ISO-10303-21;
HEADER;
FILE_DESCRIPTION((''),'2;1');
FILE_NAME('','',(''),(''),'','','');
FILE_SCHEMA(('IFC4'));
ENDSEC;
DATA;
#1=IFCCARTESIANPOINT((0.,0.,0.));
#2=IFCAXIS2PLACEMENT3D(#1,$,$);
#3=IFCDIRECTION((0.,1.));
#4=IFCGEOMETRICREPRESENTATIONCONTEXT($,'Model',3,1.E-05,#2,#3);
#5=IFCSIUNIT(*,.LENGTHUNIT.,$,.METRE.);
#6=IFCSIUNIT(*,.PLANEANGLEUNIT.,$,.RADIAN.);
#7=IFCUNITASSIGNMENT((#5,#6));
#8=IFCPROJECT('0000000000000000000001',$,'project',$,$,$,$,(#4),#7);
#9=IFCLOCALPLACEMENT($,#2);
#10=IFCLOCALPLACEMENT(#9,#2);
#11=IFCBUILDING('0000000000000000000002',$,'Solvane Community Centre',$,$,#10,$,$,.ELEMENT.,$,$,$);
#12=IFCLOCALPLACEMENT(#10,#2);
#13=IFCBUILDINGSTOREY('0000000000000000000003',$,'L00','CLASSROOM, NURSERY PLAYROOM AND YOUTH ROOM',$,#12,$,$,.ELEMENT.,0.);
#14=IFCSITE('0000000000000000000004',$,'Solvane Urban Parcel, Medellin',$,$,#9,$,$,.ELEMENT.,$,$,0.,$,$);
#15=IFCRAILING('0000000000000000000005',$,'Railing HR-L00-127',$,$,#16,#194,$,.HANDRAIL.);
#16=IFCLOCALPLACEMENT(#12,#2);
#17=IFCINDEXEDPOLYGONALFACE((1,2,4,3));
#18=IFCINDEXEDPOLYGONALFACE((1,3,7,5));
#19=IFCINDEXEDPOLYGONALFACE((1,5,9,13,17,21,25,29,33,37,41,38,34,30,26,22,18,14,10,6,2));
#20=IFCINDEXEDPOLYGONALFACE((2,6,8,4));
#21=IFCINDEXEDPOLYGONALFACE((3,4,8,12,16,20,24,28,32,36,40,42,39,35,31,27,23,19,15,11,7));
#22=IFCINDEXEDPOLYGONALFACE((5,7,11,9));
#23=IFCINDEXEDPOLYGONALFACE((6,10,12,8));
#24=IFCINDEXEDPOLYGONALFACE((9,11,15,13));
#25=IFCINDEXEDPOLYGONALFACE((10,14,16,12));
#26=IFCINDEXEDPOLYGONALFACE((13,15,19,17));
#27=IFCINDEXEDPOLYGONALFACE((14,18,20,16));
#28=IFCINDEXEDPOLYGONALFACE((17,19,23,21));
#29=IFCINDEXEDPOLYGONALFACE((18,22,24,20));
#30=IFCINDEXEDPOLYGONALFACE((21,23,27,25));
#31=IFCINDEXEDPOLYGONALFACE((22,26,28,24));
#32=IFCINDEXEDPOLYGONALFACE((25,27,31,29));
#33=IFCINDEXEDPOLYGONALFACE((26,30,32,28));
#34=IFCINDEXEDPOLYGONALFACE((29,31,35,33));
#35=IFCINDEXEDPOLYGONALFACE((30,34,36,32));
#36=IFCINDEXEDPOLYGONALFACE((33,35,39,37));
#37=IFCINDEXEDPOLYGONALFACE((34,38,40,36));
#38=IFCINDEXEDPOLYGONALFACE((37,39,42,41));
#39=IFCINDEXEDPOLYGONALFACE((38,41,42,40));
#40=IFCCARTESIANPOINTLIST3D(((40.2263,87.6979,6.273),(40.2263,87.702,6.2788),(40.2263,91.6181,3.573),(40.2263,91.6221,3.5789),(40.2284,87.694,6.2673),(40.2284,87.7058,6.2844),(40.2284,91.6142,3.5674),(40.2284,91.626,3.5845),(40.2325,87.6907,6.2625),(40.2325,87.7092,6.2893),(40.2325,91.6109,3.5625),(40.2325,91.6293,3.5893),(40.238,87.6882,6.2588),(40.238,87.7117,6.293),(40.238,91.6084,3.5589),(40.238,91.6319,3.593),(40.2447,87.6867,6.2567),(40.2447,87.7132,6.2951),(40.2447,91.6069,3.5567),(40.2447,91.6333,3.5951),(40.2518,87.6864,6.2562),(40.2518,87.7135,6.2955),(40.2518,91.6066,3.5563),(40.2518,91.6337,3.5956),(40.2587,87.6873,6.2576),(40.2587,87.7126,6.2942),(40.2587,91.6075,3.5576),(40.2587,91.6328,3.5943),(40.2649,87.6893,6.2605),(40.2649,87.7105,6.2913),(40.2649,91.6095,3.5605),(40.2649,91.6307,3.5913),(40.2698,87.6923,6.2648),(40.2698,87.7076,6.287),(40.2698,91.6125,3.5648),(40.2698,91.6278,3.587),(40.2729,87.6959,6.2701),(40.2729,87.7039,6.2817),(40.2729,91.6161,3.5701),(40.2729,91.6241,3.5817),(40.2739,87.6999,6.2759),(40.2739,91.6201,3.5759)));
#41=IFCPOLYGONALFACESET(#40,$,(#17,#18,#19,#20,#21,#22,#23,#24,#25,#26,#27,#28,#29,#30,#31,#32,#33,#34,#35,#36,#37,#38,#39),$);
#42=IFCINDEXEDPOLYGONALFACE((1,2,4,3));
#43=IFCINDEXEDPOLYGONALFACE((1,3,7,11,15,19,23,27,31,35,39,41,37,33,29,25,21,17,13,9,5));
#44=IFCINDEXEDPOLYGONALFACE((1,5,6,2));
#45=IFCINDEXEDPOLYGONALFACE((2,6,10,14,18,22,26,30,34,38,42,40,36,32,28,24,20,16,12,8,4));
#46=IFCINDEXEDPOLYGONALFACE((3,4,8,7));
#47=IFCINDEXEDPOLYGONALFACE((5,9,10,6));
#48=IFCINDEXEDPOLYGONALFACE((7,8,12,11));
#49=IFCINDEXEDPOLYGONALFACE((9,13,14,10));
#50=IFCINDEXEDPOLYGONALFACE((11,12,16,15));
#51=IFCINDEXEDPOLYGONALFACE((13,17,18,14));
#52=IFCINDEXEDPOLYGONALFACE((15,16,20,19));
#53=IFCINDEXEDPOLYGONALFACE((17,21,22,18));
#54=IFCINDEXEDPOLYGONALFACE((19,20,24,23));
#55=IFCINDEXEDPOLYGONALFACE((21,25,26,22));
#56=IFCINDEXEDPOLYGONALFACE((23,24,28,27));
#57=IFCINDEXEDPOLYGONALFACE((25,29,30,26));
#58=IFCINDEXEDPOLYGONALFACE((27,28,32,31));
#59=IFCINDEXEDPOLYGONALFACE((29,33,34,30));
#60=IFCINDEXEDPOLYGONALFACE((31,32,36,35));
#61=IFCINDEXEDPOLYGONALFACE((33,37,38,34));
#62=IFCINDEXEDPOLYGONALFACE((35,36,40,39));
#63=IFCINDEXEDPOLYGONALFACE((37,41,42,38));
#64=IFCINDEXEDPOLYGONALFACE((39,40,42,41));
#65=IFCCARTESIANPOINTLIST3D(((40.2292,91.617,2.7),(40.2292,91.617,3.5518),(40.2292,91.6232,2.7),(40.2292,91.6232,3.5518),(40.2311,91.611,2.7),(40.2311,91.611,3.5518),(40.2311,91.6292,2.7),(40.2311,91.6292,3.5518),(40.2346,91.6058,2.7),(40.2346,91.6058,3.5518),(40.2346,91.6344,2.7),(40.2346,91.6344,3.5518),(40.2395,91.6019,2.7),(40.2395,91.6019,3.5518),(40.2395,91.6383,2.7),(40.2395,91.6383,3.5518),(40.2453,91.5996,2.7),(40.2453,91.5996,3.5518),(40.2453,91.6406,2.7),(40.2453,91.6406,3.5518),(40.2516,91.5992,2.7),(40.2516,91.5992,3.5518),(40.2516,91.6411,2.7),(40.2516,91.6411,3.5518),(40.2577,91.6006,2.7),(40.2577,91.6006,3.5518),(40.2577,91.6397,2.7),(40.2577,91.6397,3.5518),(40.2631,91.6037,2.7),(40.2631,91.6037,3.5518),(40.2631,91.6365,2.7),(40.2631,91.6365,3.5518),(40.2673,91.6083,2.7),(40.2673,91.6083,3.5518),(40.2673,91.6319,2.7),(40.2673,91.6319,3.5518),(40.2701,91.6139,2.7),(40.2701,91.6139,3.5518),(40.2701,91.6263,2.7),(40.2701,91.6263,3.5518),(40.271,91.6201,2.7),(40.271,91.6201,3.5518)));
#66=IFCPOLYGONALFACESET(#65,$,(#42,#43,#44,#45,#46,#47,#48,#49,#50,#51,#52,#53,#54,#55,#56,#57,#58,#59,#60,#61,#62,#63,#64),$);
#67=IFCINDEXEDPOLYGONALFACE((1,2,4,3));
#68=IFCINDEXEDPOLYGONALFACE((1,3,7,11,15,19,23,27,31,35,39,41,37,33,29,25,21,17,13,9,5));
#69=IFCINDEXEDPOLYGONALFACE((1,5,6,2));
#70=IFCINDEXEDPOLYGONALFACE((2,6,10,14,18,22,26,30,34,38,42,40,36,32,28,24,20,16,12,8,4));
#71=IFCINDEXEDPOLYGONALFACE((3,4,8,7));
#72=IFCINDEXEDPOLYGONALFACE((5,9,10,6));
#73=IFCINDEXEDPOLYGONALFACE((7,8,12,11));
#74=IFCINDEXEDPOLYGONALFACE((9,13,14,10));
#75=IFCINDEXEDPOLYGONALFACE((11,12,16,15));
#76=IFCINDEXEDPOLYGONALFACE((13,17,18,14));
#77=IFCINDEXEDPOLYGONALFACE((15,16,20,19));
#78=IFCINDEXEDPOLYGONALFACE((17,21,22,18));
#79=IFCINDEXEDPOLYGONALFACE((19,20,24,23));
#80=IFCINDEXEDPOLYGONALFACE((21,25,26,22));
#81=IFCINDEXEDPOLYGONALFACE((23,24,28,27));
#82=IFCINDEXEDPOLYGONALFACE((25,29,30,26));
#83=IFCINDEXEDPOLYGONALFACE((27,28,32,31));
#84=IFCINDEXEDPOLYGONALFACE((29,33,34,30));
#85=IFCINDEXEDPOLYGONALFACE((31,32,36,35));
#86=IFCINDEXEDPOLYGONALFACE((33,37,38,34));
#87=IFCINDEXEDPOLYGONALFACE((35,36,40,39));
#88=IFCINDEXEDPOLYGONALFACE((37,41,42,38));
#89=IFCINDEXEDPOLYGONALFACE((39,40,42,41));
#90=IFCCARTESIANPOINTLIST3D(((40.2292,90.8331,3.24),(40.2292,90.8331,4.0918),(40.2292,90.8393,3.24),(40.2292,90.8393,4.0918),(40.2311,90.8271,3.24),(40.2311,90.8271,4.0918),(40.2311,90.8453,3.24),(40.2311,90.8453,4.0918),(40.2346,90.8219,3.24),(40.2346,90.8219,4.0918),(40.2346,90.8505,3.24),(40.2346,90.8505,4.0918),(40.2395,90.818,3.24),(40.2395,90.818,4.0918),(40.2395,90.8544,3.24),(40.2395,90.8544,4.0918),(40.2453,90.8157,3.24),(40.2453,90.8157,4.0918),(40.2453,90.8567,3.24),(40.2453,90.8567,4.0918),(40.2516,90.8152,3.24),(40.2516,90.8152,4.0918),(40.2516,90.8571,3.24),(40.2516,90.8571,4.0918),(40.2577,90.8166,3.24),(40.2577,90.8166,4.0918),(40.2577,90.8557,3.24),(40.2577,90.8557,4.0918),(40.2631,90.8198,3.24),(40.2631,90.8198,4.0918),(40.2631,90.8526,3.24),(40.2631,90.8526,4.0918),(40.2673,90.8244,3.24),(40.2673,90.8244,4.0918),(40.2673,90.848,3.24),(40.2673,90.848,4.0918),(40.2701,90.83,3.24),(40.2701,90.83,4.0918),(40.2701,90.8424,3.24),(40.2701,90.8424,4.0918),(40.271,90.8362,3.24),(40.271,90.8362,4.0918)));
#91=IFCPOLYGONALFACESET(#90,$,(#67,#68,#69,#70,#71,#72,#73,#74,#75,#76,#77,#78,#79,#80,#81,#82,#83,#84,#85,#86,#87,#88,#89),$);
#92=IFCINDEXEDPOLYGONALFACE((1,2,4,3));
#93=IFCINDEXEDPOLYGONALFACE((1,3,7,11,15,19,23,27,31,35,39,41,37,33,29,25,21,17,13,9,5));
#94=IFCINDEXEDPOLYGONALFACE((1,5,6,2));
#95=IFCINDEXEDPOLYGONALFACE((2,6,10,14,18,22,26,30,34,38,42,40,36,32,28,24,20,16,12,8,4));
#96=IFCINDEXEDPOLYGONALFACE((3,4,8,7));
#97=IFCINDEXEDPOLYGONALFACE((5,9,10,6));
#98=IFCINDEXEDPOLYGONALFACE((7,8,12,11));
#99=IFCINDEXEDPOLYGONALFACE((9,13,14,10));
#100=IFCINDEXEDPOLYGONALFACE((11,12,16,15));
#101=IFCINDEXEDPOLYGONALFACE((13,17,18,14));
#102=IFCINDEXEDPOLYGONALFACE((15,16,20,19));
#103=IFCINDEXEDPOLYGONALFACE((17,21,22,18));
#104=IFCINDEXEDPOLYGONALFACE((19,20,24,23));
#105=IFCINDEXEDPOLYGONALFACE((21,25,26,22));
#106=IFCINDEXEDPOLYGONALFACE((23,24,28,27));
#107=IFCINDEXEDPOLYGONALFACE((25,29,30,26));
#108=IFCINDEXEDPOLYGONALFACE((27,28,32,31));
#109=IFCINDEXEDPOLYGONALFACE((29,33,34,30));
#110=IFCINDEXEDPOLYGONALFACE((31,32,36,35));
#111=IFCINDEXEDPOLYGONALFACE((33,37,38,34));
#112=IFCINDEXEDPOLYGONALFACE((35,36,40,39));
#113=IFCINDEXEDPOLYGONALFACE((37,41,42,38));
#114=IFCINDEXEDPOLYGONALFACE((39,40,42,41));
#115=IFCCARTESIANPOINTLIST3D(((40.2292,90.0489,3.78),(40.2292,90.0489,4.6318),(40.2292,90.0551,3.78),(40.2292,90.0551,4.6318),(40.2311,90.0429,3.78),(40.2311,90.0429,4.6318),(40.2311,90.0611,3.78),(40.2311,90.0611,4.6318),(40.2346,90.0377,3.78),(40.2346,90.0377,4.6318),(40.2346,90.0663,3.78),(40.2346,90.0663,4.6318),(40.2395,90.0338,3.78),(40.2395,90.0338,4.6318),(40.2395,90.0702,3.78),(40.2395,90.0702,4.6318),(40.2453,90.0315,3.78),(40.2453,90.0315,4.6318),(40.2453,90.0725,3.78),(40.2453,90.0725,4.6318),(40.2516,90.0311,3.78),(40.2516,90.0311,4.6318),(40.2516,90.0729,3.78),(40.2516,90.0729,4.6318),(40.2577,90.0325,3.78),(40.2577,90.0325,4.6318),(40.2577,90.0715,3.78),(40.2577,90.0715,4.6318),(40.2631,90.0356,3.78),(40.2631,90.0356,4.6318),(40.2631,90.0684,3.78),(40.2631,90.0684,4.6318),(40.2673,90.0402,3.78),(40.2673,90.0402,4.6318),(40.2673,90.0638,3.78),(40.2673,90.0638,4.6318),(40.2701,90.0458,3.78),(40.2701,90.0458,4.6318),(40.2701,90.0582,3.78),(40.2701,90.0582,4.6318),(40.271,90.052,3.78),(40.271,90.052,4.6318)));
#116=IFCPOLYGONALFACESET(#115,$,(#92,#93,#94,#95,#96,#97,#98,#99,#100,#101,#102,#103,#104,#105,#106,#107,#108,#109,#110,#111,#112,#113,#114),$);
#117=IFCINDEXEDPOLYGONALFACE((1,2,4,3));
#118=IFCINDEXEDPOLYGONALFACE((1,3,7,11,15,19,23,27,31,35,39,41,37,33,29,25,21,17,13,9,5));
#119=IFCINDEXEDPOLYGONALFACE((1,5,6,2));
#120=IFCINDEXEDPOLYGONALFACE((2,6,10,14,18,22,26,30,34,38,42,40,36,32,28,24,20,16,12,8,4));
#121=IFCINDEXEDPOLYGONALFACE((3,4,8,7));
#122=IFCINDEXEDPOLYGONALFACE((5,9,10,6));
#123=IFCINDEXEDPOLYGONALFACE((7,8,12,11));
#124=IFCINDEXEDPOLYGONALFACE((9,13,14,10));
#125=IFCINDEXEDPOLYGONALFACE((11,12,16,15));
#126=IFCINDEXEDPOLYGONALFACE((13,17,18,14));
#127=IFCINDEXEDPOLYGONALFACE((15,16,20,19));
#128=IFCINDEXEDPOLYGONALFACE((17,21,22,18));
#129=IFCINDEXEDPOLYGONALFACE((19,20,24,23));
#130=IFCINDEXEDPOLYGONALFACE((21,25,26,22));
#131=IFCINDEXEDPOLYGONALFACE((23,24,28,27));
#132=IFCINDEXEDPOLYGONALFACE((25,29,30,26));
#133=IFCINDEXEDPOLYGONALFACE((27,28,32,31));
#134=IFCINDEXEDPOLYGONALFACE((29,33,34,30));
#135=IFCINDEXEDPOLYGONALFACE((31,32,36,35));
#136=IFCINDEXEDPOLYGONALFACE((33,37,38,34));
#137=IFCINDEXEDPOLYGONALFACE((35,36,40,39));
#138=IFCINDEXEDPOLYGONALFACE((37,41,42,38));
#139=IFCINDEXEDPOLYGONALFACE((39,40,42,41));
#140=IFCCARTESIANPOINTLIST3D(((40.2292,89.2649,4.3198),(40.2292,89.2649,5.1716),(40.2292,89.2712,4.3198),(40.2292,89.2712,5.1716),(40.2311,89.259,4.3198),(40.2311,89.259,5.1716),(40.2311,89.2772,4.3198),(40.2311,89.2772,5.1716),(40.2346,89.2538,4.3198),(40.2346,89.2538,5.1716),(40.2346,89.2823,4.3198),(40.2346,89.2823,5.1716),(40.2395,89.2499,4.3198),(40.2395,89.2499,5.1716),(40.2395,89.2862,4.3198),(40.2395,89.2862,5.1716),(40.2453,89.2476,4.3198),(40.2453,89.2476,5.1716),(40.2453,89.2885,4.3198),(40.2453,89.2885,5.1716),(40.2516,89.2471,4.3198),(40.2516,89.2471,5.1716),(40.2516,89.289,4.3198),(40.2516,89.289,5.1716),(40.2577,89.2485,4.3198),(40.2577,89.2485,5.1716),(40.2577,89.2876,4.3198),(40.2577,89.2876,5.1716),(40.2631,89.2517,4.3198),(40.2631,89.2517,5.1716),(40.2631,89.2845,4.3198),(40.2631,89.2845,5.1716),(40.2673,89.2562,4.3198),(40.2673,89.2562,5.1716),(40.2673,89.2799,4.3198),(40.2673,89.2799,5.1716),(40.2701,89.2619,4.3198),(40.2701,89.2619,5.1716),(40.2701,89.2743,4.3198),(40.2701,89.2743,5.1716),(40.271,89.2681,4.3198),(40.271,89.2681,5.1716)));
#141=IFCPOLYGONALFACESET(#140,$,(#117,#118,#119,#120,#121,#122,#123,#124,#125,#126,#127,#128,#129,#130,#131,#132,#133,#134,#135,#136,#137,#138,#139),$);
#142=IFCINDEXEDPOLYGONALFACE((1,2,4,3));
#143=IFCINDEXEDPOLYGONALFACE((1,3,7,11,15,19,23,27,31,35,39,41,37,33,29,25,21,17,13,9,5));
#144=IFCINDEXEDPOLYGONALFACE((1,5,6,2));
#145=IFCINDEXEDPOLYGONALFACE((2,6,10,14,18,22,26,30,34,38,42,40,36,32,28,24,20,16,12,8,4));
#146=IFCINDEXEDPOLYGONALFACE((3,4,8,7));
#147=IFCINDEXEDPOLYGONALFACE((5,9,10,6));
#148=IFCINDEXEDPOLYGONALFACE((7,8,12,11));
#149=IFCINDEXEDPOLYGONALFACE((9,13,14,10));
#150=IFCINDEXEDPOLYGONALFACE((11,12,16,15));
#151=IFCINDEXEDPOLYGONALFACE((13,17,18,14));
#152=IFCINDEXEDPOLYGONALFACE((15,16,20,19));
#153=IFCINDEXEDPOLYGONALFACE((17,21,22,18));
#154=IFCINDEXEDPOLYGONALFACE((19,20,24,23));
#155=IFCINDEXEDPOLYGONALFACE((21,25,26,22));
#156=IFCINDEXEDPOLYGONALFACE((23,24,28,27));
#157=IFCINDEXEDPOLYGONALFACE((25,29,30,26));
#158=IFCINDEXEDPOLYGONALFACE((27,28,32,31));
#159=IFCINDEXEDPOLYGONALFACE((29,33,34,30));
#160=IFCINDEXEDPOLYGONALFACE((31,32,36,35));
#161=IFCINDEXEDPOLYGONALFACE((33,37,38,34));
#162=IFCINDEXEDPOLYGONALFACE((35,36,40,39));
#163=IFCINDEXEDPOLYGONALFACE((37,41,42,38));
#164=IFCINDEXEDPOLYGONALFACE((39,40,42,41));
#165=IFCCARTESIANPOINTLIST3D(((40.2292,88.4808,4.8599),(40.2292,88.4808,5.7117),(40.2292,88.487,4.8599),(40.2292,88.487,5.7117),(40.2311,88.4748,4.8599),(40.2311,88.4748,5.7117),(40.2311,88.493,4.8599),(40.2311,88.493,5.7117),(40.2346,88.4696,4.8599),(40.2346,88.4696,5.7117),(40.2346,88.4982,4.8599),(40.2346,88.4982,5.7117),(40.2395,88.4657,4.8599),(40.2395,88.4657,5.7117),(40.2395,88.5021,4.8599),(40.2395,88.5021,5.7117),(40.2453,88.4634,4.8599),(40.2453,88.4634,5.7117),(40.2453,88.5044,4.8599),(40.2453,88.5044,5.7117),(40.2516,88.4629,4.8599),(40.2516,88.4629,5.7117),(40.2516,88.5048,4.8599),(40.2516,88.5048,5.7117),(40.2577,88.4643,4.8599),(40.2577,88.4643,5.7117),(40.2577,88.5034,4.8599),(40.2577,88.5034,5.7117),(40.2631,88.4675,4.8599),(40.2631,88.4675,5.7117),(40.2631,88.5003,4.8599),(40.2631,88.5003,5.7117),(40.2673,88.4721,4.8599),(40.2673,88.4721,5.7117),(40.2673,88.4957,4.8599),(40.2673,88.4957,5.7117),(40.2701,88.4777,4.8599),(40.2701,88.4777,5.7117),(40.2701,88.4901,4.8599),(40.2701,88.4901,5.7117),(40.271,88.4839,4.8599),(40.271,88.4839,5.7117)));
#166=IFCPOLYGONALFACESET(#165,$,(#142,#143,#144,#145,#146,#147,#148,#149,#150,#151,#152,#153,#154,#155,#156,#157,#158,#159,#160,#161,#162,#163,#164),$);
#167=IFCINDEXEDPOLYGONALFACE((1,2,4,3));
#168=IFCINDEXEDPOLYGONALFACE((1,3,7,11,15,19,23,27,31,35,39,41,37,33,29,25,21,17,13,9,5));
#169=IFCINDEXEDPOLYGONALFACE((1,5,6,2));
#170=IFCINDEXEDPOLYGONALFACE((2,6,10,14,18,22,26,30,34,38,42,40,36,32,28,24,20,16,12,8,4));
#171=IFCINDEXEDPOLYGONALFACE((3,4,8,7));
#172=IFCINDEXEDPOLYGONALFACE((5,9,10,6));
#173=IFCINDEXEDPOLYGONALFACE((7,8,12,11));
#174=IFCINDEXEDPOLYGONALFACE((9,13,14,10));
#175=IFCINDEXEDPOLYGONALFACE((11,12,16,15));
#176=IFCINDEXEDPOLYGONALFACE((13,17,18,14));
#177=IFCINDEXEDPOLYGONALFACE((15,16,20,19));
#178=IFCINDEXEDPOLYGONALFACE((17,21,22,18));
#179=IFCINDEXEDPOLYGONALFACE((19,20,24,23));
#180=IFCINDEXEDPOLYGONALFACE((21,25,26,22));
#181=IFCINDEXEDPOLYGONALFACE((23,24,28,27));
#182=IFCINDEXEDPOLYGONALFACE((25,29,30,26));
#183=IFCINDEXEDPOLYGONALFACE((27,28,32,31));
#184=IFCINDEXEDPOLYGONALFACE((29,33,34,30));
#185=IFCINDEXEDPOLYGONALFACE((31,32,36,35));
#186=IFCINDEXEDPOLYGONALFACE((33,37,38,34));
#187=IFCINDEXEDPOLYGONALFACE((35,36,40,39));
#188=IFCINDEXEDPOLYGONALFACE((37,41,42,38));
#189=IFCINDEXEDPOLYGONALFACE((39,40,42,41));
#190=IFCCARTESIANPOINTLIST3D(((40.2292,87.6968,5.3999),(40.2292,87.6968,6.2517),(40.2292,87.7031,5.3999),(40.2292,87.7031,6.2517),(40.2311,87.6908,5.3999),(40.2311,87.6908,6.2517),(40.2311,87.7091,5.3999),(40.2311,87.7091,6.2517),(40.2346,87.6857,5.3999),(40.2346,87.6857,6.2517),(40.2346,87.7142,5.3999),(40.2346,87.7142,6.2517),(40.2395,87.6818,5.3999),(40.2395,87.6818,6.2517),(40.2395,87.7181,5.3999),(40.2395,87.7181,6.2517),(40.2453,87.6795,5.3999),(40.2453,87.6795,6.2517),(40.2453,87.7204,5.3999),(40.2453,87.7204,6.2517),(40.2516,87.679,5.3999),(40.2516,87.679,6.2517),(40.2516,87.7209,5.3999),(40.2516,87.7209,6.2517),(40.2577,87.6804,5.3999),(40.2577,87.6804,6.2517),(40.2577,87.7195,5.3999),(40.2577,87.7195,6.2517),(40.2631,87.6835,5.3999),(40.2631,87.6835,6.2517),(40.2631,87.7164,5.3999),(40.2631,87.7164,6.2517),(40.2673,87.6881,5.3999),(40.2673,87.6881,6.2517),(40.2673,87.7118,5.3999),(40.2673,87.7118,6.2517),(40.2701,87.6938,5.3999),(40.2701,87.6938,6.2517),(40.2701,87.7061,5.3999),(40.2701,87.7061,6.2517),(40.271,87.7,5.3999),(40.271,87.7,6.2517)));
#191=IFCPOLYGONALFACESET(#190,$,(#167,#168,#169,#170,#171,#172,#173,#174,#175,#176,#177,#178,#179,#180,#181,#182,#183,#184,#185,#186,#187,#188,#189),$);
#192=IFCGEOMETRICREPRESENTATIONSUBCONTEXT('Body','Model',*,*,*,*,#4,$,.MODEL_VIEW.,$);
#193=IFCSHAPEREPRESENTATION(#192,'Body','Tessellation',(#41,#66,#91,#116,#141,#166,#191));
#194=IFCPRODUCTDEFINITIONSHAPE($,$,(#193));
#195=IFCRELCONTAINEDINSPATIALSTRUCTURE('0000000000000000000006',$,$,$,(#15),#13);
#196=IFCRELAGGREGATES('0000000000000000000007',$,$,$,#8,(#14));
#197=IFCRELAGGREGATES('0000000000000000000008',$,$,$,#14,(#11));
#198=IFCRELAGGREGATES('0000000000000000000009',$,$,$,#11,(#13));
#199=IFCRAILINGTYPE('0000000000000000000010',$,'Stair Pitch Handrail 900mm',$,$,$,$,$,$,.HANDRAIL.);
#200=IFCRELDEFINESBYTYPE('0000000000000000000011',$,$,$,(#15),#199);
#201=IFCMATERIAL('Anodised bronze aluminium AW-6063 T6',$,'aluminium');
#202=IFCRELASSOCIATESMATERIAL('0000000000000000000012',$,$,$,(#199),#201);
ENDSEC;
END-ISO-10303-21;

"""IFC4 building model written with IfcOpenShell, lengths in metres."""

from ifc_helpers import new_model, si_unit, direction, frame, origin, origin_2d, place, context, subcontext, project, spatial, circle, extrude, material, type_object, element, save


model = new_model("IFC4")

# Units and contexts
model_context = context("Model", 3, precision=1e-05, world=origin(), true_north=direction((0.0, 1.0)))
body_context = subcontext(model_context, "Body", "Model", "MODEL_VIEW")
ifc_project = project(units=[si_unit("LENGTHUNIT", "METRE"), si_unit("PLANEANGLEUNIT", "RADIAN")], contexts=[model_context])

# Site, building, storey
site_placement = place(None, origin())
site = spatial("IfcSite", under=ifc_project, at=site_placement, Name="Solvane Urban Parcel, Medellin", CompositionType="ELEMENT", RefElevation=0.0)
building_placement = place(site_placement, origin())
building = spatial("IfcBuilding", under=site, at=building_placement, Name="Solvane Community Centre", CompositionType="ELEMENT")
storey_placement = place(building_placement, origin())
storey = spatial("IfcBuildingStorey", under=building, at=storey_placement, Name="L00", Description="CLASSROOM, NURSERY PLAYROOM AND YOUTH ROOM", CompositionType="ELEMENT", Elevation=0.0)

# Railing
ifc_material_1 = material(Name="Anodised bronze aluminium AW-6063 T6", Category="aluminium")
railing_type = type_object("IfcRailingType", Name="Stair Pitch Handrail 900mm", PredefinedType="HANDRAIL", material=ifc_material_1)
railing_1_placement = place(storey_placement, frame((40.25, 91.6201, 2.7)))
element("IfcRailing", 1, at=railing_1_placement, inside=storey, type_object=railing_type, Name="Railing HR-L00-127", PredefinedType="HANDRAIL", context=body_context, shape_type="SweptSolid", body=[
    extrude(circle(Radius=0.0239, at=origin_2d()), frame((0.0, 0.0, 0.876), z_axis=(0.0, -0.823567, 0.567219), x_axis=(1.0, 0.0, 0.0)), (0.0, 0.0, 1.0), 4.76),
    extrude(circle(Radius=0.021, at=origin_2d()), origin(), (0.0, 0.0, 1.0), 0.8518),
    extrude(circle(Radius=0.021, at=origin_2d()), frame((0.0, -0.7839, 0.54)), (0.0, 0.0, 1.0), 0.8518),
    extrude(circle(Radius=0.021, at=origin_2d()), frame((0.0, -1.5681, 1.0801)), (0.0, 0.0, 1.0), 0.8518),
    extrude(circle(Radius=0.021, at=origin_2d()), frame((0.0, -2.3521, 1.6199)), (0.0, 0.0, 1.0), 0.8518),
    extrude(circle(Radius=0.021, at=origin_2d()), frame((0.0, -3.1362, 2.1599)), (0.0, 0.0, 1.0), 0.8518),
    extrude(circle(Radius=0.021, at=origin_2d()), frame((0.0, -3.9202, 2.7)), (0.0, 0.0, 1.0), 0.8518),
])

save(model, "model.ifc")
